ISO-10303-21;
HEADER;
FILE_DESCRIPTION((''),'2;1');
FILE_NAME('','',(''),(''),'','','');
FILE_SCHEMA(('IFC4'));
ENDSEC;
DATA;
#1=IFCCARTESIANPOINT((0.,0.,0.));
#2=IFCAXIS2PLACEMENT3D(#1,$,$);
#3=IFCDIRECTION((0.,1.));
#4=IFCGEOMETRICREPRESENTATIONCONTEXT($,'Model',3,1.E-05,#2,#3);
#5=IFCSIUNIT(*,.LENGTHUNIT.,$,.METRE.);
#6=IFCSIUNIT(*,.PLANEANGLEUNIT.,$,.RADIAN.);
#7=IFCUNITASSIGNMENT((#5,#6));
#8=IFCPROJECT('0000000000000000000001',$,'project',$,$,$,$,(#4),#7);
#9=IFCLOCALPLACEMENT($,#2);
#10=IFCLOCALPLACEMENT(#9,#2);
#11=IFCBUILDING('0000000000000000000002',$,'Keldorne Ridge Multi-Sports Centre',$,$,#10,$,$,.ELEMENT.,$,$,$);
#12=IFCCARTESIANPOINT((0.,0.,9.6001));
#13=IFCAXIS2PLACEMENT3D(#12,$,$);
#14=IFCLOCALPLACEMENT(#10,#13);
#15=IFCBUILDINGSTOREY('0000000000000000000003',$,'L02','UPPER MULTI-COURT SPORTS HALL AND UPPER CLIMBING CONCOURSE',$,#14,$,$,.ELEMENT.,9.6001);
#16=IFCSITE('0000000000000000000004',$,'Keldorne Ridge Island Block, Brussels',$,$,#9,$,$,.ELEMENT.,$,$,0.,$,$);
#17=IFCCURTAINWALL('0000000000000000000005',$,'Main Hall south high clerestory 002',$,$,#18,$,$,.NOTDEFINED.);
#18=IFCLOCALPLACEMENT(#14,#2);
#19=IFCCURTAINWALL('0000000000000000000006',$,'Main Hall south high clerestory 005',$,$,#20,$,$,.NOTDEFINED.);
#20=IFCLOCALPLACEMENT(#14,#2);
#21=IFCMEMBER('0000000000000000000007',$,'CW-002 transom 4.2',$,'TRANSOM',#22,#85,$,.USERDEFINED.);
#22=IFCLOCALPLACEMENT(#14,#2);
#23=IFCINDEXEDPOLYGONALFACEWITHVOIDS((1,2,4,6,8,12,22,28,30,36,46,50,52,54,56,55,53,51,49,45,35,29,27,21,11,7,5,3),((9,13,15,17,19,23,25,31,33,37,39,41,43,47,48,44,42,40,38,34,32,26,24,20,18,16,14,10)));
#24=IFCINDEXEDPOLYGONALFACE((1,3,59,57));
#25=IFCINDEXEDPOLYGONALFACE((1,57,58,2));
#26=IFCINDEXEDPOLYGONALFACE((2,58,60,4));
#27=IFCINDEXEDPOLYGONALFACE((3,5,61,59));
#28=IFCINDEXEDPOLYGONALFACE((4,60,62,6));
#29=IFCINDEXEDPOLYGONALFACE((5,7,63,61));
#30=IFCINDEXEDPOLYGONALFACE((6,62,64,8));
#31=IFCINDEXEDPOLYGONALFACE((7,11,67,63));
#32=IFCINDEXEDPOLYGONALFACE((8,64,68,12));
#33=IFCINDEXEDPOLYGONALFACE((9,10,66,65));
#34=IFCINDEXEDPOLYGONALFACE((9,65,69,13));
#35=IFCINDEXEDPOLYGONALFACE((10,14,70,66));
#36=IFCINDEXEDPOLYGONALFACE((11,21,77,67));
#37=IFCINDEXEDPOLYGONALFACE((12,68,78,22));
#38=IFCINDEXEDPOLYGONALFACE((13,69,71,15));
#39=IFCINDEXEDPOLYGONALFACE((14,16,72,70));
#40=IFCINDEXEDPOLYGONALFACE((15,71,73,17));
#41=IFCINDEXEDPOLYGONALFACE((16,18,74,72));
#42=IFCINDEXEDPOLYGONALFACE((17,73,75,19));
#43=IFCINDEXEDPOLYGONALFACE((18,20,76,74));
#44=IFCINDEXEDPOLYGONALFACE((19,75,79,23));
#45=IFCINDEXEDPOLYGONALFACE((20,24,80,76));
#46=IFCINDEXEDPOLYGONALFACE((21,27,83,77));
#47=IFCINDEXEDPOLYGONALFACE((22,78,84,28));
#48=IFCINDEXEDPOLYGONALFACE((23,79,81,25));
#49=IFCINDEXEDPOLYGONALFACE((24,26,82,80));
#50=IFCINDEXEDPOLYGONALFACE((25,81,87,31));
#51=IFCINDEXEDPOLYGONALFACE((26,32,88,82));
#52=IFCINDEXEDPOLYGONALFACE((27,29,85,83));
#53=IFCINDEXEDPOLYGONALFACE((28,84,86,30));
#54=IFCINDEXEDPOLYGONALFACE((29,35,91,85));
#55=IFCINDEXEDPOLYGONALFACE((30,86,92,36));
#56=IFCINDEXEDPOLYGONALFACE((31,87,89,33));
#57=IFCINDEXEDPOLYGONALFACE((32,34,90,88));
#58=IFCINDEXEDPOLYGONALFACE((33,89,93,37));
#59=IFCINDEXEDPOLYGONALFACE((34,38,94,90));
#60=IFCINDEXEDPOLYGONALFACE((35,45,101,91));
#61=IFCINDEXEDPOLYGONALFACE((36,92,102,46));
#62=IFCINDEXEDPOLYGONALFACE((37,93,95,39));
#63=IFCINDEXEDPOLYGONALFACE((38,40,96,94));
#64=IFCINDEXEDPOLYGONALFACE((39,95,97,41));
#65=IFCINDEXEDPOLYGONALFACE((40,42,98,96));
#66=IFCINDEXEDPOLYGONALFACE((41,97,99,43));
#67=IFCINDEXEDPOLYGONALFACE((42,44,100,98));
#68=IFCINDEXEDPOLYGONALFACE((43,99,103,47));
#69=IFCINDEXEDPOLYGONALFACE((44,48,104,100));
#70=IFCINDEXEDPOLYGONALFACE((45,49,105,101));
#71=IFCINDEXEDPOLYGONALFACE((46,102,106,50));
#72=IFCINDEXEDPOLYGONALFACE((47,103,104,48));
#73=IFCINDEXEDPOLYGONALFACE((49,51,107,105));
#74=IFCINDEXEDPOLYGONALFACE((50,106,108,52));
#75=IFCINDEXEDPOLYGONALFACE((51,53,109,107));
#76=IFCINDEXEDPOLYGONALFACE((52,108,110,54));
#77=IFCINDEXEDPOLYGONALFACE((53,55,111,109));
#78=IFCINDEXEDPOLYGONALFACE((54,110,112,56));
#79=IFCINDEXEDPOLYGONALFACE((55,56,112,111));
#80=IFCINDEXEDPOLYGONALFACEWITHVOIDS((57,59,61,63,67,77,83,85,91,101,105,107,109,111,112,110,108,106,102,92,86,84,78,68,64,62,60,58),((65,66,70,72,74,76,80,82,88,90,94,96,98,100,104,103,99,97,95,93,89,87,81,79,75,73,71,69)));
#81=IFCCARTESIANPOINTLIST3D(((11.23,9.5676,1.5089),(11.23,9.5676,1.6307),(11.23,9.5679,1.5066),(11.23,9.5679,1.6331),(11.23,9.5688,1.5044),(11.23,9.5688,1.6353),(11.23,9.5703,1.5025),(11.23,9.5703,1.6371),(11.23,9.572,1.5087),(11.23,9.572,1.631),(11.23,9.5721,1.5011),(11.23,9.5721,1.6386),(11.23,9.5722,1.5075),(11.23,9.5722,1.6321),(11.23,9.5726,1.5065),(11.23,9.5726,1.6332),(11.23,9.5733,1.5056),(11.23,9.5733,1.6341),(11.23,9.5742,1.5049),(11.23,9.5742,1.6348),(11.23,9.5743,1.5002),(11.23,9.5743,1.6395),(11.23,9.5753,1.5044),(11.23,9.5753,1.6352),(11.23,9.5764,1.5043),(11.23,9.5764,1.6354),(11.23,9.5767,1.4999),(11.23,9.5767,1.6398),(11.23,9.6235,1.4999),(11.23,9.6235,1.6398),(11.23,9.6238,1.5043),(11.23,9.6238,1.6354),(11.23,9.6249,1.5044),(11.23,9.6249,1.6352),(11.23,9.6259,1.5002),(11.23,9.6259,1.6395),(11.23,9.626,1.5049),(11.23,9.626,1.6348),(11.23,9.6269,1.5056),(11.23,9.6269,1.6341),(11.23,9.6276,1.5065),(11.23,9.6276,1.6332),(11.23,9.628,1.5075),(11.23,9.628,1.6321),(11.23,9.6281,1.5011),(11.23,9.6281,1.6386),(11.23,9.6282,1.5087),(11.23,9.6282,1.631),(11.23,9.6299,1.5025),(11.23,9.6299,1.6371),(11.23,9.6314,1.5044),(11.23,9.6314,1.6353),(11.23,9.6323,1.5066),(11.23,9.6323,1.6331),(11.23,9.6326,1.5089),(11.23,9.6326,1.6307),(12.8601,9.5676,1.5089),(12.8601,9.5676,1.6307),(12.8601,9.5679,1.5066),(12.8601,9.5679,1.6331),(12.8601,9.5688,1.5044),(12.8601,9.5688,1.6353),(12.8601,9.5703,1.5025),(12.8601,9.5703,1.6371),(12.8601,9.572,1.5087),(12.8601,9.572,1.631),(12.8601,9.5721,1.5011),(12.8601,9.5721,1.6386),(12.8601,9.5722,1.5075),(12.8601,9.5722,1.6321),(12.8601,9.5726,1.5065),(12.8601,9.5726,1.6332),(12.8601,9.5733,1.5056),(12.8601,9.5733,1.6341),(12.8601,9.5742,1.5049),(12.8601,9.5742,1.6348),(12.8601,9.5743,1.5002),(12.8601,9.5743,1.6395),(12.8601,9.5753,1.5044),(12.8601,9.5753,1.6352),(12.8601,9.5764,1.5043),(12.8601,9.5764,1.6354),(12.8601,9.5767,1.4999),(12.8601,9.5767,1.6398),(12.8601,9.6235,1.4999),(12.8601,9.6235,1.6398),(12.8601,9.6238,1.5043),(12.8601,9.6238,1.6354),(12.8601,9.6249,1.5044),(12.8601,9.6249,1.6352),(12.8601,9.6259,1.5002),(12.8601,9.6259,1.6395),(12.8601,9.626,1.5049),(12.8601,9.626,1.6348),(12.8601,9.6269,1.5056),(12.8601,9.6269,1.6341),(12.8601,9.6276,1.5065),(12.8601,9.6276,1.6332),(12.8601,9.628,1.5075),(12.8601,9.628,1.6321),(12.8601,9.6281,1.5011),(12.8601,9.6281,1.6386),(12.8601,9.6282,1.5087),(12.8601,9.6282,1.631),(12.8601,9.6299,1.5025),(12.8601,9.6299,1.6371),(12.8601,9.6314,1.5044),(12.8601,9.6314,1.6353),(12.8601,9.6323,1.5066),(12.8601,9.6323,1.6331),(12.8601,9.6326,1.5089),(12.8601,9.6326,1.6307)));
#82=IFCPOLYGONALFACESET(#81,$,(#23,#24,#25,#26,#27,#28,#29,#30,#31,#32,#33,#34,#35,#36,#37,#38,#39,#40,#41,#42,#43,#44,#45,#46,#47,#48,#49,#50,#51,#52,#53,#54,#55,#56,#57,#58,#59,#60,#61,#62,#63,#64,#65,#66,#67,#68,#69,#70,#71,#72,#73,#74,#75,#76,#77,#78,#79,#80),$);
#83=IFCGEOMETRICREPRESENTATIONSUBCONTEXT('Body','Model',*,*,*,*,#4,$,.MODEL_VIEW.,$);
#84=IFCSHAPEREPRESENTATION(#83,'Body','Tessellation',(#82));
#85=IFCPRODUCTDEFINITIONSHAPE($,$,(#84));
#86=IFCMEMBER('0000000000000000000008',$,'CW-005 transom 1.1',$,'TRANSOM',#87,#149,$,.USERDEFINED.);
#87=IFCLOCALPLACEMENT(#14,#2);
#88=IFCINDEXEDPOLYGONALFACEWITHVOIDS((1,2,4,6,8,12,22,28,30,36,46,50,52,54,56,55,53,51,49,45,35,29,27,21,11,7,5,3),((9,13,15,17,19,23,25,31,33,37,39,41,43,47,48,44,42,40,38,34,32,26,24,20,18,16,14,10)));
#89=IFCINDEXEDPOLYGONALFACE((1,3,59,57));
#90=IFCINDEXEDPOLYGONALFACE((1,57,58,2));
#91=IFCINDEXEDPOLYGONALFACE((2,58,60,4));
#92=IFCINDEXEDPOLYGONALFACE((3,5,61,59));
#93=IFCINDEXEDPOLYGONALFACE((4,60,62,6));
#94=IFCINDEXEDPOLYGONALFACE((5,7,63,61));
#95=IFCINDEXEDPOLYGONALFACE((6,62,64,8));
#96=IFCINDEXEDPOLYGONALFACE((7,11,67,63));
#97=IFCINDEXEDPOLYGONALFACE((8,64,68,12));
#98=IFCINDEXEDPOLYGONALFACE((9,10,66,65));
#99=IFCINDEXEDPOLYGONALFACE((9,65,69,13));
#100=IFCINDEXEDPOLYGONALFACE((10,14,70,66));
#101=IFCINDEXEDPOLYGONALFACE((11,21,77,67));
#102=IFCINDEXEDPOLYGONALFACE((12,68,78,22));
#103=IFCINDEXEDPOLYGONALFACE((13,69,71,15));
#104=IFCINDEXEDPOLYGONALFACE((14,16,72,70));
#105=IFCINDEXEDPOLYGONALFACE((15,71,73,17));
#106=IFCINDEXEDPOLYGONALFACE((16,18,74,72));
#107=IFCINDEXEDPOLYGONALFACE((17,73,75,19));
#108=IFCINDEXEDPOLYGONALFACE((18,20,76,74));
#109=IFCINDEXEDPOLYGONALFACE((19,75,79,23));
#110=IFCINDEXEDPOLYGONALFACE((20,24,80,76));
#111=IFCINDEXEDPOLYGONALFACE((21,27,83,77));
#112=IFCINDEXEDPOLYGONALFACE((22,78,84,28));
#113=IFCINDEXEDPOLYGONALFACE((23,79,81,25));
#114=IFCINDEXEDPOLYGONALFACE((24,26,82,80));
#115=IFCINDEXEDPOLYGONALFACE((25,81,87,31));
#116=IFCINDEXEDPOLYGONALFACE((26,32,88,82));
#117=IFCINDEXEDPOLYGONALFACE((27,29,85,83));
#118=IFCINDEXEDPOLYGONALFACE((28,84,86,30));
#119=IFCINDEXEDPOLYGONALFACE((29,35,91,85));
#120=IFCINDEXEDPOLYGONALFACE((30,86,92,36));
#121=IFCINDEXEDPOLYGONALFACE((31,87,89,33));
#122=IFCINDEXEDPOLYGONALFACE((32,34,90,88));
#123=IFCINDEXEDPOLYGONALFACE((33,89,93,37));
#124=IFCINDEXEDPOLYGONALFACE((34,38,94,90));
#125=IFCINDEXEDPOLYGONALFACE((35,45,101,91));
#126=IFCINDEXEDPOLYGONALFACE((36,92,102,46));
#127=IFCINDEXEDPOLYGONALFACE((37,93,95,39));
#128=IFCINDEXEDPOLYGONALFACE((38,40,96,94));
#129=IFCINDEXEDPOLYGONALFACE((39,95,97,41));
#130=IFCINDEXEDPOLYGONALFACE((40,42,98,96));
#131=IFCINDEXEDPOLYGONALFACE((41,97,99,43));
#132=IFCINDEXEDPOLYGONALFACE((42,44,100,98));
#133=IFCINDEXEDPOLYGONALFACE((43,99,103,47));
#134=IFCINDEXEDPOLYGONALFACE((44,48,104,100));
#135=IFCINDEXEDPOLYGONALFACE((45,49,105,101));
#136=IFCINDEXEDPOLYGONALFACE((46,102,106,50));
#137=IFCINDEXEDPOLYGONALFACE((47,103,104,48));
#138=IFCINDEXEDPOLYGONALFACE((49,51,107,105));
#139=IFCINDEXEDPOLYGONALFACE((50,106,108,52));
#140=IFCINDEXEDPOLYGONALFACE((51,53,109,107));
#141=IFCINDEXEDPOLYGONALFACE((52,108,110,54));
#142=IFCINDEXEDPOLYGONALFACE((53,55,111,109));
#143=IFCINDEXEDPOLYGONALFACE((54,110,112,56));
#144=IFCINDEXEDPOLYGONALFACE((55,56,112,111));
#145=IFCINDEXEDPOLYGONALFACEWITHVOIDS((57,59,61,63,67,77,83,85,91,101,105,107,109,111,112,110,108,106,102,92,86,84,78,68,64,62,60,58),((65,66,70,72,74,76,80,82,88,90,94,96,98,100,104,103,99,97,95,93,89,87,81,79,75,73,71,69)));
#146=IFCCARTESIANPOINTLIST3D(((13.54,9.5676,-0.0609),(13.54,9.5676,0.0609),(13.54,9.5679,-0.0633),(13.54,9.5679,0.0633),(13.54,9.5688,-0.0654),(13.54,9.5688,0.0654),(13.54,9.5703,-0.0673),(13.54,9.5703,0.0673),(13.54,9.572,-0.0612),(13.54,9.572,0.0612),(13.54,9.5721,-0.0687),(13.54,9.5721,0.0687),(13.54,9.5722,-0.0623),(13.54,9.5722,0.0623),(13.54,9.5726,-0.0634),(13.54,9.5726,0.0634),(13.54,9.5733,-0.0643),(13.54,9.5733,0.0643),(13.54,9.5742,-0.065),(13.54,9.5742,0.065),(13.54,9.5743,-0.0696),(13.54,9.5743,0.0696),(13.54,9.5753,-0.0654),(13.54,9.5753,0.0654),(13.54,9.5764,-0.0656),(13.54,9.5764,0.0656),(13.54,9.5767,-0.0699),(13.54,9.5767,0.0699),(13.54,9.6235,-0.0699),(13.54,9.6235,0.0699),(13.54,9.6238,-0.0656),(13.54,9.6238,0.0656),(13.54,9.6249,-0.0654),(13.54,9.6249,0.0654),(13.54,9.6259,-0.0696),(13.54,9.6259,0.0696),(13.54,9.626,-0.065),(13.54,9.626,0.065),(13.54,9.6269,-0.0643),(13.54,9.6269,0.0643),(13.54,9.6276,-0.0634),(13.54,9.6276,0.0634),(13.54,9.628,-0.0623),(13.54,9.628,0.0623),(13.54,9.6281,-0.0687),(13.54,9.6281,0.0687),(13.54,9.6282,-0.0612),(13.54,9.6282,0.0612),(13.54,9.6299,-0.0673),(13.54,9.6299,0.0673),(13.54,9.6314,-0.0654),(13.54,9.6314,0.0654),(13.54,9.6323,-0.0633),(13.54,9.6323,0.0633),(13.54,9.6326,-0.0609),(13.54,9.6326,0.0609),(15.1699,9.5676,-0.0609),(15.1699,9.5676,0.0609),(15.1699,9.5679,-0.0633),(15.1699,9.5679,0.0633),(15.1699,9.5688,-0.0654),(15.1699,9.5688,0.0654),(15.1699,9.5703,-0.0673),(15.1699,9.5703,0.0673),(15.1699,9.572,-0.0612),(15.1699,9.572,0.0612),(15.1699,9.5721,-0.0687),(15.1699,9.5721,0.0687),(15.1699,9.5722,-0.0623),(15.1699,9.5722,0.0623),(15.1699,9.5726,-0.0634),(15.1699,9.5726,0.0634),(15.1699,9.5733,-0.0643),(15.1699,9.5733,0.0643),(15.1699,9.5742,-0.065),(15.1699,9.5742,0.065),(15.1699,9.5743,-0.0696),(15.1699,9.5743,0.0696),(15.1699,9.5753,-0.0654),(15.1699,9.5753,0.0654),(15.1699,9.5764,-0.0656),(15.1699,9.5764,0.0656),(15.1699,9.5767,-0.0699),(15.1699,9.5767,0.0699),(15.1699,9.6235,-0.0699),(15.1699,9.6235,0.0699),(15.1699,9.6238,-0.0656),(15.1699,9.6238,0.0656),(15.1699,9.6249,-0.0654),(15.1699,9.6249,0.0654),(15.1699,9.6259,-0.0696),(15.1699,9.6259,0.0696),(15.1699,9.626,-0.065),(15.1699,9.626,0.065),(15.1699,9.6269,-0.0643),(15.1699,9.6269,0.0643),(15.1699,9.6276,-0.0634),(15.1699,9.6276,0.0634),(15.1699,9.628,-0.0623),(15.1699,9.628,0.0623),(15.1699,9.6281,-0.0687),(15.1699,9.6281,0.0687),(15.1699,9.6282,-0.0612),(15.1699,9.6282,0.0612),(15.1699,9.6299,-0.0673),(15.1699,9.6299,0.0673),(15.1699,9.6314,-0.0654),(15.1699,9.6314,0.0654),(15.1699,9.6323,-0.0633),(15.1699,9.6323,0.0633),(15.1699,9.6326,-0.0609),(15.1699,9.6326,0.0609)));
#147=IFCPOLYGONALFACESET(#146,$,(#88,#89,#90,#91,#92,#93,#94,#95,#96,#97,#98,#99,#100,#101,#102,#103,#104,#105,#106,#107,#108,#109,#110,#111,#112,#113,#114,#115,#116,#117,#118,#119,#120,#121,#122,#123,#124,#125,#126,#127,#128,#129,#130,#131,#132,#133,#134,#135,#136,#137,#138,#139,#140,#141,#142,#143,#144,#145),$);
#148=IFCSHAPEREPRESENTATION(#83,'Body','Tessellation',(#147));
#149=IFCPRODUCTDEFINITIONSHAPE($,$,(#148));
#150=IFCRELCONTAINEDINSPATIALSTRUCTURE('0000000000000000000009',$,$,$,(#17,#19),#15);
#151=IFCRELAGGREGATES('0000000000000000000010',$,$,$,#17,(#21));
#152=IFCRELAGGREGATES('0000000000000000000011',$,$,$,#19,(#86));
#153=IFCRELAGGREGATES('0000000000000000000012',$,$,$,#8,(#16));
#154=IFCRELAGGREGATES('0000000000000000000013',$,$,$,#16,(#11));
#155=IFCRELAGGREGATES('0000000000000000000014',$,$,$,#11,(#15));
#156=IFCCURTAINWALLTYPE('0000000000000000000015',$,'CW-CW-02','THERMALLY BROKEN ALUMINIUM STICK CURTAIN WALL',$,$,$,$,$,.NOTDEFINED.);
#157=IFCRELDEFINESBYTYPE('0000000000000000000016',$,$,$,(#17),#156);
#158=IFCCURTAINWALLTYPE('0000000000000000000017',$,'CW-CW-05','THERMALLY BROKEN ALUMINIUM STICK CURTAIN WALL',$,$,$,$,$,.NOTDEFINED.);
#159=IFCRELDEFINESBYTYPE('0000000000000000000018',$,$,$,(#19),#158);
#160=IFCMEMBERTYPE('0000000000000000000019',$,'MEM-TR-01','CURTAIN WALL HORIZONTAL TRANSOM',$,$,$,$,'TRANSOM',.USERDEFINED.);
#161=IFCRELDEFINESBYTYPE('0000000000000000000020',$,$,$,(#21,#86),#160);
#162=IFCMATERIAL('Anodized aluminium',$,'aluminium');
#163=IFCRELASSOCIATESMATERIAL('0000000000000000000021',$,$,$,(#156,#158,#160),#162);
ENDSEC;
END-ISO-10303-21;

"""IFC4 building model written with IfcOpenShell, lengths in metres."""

from ifc_helpers import new_model, si_unit, direction, frame, origin, origin_2d, place, context, subcontext, project, spatial, hollow_rectangle, extrude, material, material_profile, profile_set, type_object, element, aggregate, save


model = new_model("IFC4")

# Units and contexts
model_context = context("Model", 3, precision=1e-05, world=origin(), true_north=direction((0.0, 1.0)))
body_context = subcontext(model_context, "Body", "Model", "MODEL_VIEW")
ifc_project = project(units=[si_unit("LENGTHUNIT", "METRE"), si_unit("PLANEANGLEUNIT", "RADIAN")], contexts=[model_context])

# Site, building, storey
site_placement = place(None, origin())
site = spatial("IfcSite", under=ifc_project, at=site_placement, Name="Keldorne Ridge Island Block, Brussels", CompositionType="ELEMENT", RefElevation=0.0)
building_placement = place(site_placement, origin())
building = spatial("IfcBuilding", under=site, at=building_placement, Name="Keldorne Ridge Multi-Sports Centre", CompositionType="ELEMENT")
storey_placement = place(building_placement, frame((0.0, 0.0, 9.6001)))
storey = spatial("IfcBuildingStorey", under=building, at=storey_placement, Name="L02", Description="UPPER MULTI-COURT SPORTS HALL AND UPPER CLIMBING CONCOURSE", CompositionType="ELEMENT", Elevation=9.6001)

# Curtain walls
ifc_material_1 = material(Name="Anodized aluminium", Category="aluminium")
curtain_wall_type_1 = type_object("IfcCurtainWallType", Name="CW-CW-02", Description="THERMALLY BROKEN ALUMINIUM STICK CURTAIN WALL", PredefinedType="NOTDEFINED", material=ifc_material_1)
curtain_wall_1_placement = place(storey_placement, origin())
curtain_wall_1 = element("IfcCurtainWall", 1, at=curtain_wall_1_placement, inside=storey, type_object=curtain_wall_type_1, Name="Main Hall south high clerestory 002", PredefinedType="NOTDEFINED")
curtain_wall_type_2 = type_object("IfcCurtainWallType", Name="CW-CW-05", Description="THERMALLY BROKEN ALUMINIUM STICK CURTAIN WALL", PredefinedType="NOTDEFINED", material=ifc_material_1)
curtain_wall_2_placement = place(storey_placement, origin())
curtain_wall_2 = element("IfcCurtainWall", 2, at=curtain_wall_2_placement, inside=storey, type_object=curtain_wall_type_2, Name="Main Hall south high clerestory 005", PredefinedType="NOTDEFINED")

# Members
ifc_material_profile_1 = material_profile(ifc_material_1, hollow_rectangle(XDim=0.0649, YDim=0.1399, WallThickness=0.0044, InnerFilletRadius=0.0044, OuterFilletRadius=0.009, at=origin_2d()), Name="ALU TRANSOM 140x65x4.5")
ifc_profile_set_1 = profile_set([ifc_material_profile_1], Name="Anodized aluminium")
member_type_1 = type_object("IfcMemberType", Name="MEM-TR-01", Description="CURTAIN WALL HORIZONTAL TRANSOM", ElementType="TRANSOM", PredefinedType="USERDEFINED", material=ifc_profile_set_1)
member_1_placement = place(storey_placement, frame((11.23, 9.6001, 1.5698), z_axis=(1.0, 0.0, 0.0), x_axis=(0.0, 1.0, 0.0)))
member_1 = element("IfcMember", 3, at=member_1_placement, type_object=member_type_1, Name="CW-002 transom 4.2", ObjectType="TRANSOM", PredefinedType="USERDEFINED", context=body_context, shape_type="SweptSolid", body=[
    extrude(hollow_rectangle(XDim=0.0649, YDim=0.1399, WallThickness=0.0044, InnerFilletRadius=0.0044, OuterFilletRadius=0.009, at=origin_2d()), origin(), (0.0, 0.0, 1.0), 1.6301),
])
member_2_placement = place(storey_placement, frame((13.54, 9.6001, 0.0), z_axis=(1.0, 0.0, 0.0), x_axis=(0.0, 1.0, 0.0)))
member_2 = element("IfcMember", 4, at=member_2_placement, type_object=member_type_1, Name="CW-005 transom 1.1", ObjectType="TRANSOM", PredefinedType="USERDEFINED", context=body_context, shape_type="SweptSolid", body=[
    extrude(hollow_rectangle(XDim=0.0649, YDim=0.1399, WallThickness=0.0044, InnerFilletRadius=0.0044, OuterFilletRadius=0.009, at=origin_2d()), origin(), (0.0, 0.0, 1.0), 1.6299),
])

aggregate(curtain_wall_1, [member_1])
aggregate(curtain_wall_2, [member_2])

save(model, "model.ifc")
